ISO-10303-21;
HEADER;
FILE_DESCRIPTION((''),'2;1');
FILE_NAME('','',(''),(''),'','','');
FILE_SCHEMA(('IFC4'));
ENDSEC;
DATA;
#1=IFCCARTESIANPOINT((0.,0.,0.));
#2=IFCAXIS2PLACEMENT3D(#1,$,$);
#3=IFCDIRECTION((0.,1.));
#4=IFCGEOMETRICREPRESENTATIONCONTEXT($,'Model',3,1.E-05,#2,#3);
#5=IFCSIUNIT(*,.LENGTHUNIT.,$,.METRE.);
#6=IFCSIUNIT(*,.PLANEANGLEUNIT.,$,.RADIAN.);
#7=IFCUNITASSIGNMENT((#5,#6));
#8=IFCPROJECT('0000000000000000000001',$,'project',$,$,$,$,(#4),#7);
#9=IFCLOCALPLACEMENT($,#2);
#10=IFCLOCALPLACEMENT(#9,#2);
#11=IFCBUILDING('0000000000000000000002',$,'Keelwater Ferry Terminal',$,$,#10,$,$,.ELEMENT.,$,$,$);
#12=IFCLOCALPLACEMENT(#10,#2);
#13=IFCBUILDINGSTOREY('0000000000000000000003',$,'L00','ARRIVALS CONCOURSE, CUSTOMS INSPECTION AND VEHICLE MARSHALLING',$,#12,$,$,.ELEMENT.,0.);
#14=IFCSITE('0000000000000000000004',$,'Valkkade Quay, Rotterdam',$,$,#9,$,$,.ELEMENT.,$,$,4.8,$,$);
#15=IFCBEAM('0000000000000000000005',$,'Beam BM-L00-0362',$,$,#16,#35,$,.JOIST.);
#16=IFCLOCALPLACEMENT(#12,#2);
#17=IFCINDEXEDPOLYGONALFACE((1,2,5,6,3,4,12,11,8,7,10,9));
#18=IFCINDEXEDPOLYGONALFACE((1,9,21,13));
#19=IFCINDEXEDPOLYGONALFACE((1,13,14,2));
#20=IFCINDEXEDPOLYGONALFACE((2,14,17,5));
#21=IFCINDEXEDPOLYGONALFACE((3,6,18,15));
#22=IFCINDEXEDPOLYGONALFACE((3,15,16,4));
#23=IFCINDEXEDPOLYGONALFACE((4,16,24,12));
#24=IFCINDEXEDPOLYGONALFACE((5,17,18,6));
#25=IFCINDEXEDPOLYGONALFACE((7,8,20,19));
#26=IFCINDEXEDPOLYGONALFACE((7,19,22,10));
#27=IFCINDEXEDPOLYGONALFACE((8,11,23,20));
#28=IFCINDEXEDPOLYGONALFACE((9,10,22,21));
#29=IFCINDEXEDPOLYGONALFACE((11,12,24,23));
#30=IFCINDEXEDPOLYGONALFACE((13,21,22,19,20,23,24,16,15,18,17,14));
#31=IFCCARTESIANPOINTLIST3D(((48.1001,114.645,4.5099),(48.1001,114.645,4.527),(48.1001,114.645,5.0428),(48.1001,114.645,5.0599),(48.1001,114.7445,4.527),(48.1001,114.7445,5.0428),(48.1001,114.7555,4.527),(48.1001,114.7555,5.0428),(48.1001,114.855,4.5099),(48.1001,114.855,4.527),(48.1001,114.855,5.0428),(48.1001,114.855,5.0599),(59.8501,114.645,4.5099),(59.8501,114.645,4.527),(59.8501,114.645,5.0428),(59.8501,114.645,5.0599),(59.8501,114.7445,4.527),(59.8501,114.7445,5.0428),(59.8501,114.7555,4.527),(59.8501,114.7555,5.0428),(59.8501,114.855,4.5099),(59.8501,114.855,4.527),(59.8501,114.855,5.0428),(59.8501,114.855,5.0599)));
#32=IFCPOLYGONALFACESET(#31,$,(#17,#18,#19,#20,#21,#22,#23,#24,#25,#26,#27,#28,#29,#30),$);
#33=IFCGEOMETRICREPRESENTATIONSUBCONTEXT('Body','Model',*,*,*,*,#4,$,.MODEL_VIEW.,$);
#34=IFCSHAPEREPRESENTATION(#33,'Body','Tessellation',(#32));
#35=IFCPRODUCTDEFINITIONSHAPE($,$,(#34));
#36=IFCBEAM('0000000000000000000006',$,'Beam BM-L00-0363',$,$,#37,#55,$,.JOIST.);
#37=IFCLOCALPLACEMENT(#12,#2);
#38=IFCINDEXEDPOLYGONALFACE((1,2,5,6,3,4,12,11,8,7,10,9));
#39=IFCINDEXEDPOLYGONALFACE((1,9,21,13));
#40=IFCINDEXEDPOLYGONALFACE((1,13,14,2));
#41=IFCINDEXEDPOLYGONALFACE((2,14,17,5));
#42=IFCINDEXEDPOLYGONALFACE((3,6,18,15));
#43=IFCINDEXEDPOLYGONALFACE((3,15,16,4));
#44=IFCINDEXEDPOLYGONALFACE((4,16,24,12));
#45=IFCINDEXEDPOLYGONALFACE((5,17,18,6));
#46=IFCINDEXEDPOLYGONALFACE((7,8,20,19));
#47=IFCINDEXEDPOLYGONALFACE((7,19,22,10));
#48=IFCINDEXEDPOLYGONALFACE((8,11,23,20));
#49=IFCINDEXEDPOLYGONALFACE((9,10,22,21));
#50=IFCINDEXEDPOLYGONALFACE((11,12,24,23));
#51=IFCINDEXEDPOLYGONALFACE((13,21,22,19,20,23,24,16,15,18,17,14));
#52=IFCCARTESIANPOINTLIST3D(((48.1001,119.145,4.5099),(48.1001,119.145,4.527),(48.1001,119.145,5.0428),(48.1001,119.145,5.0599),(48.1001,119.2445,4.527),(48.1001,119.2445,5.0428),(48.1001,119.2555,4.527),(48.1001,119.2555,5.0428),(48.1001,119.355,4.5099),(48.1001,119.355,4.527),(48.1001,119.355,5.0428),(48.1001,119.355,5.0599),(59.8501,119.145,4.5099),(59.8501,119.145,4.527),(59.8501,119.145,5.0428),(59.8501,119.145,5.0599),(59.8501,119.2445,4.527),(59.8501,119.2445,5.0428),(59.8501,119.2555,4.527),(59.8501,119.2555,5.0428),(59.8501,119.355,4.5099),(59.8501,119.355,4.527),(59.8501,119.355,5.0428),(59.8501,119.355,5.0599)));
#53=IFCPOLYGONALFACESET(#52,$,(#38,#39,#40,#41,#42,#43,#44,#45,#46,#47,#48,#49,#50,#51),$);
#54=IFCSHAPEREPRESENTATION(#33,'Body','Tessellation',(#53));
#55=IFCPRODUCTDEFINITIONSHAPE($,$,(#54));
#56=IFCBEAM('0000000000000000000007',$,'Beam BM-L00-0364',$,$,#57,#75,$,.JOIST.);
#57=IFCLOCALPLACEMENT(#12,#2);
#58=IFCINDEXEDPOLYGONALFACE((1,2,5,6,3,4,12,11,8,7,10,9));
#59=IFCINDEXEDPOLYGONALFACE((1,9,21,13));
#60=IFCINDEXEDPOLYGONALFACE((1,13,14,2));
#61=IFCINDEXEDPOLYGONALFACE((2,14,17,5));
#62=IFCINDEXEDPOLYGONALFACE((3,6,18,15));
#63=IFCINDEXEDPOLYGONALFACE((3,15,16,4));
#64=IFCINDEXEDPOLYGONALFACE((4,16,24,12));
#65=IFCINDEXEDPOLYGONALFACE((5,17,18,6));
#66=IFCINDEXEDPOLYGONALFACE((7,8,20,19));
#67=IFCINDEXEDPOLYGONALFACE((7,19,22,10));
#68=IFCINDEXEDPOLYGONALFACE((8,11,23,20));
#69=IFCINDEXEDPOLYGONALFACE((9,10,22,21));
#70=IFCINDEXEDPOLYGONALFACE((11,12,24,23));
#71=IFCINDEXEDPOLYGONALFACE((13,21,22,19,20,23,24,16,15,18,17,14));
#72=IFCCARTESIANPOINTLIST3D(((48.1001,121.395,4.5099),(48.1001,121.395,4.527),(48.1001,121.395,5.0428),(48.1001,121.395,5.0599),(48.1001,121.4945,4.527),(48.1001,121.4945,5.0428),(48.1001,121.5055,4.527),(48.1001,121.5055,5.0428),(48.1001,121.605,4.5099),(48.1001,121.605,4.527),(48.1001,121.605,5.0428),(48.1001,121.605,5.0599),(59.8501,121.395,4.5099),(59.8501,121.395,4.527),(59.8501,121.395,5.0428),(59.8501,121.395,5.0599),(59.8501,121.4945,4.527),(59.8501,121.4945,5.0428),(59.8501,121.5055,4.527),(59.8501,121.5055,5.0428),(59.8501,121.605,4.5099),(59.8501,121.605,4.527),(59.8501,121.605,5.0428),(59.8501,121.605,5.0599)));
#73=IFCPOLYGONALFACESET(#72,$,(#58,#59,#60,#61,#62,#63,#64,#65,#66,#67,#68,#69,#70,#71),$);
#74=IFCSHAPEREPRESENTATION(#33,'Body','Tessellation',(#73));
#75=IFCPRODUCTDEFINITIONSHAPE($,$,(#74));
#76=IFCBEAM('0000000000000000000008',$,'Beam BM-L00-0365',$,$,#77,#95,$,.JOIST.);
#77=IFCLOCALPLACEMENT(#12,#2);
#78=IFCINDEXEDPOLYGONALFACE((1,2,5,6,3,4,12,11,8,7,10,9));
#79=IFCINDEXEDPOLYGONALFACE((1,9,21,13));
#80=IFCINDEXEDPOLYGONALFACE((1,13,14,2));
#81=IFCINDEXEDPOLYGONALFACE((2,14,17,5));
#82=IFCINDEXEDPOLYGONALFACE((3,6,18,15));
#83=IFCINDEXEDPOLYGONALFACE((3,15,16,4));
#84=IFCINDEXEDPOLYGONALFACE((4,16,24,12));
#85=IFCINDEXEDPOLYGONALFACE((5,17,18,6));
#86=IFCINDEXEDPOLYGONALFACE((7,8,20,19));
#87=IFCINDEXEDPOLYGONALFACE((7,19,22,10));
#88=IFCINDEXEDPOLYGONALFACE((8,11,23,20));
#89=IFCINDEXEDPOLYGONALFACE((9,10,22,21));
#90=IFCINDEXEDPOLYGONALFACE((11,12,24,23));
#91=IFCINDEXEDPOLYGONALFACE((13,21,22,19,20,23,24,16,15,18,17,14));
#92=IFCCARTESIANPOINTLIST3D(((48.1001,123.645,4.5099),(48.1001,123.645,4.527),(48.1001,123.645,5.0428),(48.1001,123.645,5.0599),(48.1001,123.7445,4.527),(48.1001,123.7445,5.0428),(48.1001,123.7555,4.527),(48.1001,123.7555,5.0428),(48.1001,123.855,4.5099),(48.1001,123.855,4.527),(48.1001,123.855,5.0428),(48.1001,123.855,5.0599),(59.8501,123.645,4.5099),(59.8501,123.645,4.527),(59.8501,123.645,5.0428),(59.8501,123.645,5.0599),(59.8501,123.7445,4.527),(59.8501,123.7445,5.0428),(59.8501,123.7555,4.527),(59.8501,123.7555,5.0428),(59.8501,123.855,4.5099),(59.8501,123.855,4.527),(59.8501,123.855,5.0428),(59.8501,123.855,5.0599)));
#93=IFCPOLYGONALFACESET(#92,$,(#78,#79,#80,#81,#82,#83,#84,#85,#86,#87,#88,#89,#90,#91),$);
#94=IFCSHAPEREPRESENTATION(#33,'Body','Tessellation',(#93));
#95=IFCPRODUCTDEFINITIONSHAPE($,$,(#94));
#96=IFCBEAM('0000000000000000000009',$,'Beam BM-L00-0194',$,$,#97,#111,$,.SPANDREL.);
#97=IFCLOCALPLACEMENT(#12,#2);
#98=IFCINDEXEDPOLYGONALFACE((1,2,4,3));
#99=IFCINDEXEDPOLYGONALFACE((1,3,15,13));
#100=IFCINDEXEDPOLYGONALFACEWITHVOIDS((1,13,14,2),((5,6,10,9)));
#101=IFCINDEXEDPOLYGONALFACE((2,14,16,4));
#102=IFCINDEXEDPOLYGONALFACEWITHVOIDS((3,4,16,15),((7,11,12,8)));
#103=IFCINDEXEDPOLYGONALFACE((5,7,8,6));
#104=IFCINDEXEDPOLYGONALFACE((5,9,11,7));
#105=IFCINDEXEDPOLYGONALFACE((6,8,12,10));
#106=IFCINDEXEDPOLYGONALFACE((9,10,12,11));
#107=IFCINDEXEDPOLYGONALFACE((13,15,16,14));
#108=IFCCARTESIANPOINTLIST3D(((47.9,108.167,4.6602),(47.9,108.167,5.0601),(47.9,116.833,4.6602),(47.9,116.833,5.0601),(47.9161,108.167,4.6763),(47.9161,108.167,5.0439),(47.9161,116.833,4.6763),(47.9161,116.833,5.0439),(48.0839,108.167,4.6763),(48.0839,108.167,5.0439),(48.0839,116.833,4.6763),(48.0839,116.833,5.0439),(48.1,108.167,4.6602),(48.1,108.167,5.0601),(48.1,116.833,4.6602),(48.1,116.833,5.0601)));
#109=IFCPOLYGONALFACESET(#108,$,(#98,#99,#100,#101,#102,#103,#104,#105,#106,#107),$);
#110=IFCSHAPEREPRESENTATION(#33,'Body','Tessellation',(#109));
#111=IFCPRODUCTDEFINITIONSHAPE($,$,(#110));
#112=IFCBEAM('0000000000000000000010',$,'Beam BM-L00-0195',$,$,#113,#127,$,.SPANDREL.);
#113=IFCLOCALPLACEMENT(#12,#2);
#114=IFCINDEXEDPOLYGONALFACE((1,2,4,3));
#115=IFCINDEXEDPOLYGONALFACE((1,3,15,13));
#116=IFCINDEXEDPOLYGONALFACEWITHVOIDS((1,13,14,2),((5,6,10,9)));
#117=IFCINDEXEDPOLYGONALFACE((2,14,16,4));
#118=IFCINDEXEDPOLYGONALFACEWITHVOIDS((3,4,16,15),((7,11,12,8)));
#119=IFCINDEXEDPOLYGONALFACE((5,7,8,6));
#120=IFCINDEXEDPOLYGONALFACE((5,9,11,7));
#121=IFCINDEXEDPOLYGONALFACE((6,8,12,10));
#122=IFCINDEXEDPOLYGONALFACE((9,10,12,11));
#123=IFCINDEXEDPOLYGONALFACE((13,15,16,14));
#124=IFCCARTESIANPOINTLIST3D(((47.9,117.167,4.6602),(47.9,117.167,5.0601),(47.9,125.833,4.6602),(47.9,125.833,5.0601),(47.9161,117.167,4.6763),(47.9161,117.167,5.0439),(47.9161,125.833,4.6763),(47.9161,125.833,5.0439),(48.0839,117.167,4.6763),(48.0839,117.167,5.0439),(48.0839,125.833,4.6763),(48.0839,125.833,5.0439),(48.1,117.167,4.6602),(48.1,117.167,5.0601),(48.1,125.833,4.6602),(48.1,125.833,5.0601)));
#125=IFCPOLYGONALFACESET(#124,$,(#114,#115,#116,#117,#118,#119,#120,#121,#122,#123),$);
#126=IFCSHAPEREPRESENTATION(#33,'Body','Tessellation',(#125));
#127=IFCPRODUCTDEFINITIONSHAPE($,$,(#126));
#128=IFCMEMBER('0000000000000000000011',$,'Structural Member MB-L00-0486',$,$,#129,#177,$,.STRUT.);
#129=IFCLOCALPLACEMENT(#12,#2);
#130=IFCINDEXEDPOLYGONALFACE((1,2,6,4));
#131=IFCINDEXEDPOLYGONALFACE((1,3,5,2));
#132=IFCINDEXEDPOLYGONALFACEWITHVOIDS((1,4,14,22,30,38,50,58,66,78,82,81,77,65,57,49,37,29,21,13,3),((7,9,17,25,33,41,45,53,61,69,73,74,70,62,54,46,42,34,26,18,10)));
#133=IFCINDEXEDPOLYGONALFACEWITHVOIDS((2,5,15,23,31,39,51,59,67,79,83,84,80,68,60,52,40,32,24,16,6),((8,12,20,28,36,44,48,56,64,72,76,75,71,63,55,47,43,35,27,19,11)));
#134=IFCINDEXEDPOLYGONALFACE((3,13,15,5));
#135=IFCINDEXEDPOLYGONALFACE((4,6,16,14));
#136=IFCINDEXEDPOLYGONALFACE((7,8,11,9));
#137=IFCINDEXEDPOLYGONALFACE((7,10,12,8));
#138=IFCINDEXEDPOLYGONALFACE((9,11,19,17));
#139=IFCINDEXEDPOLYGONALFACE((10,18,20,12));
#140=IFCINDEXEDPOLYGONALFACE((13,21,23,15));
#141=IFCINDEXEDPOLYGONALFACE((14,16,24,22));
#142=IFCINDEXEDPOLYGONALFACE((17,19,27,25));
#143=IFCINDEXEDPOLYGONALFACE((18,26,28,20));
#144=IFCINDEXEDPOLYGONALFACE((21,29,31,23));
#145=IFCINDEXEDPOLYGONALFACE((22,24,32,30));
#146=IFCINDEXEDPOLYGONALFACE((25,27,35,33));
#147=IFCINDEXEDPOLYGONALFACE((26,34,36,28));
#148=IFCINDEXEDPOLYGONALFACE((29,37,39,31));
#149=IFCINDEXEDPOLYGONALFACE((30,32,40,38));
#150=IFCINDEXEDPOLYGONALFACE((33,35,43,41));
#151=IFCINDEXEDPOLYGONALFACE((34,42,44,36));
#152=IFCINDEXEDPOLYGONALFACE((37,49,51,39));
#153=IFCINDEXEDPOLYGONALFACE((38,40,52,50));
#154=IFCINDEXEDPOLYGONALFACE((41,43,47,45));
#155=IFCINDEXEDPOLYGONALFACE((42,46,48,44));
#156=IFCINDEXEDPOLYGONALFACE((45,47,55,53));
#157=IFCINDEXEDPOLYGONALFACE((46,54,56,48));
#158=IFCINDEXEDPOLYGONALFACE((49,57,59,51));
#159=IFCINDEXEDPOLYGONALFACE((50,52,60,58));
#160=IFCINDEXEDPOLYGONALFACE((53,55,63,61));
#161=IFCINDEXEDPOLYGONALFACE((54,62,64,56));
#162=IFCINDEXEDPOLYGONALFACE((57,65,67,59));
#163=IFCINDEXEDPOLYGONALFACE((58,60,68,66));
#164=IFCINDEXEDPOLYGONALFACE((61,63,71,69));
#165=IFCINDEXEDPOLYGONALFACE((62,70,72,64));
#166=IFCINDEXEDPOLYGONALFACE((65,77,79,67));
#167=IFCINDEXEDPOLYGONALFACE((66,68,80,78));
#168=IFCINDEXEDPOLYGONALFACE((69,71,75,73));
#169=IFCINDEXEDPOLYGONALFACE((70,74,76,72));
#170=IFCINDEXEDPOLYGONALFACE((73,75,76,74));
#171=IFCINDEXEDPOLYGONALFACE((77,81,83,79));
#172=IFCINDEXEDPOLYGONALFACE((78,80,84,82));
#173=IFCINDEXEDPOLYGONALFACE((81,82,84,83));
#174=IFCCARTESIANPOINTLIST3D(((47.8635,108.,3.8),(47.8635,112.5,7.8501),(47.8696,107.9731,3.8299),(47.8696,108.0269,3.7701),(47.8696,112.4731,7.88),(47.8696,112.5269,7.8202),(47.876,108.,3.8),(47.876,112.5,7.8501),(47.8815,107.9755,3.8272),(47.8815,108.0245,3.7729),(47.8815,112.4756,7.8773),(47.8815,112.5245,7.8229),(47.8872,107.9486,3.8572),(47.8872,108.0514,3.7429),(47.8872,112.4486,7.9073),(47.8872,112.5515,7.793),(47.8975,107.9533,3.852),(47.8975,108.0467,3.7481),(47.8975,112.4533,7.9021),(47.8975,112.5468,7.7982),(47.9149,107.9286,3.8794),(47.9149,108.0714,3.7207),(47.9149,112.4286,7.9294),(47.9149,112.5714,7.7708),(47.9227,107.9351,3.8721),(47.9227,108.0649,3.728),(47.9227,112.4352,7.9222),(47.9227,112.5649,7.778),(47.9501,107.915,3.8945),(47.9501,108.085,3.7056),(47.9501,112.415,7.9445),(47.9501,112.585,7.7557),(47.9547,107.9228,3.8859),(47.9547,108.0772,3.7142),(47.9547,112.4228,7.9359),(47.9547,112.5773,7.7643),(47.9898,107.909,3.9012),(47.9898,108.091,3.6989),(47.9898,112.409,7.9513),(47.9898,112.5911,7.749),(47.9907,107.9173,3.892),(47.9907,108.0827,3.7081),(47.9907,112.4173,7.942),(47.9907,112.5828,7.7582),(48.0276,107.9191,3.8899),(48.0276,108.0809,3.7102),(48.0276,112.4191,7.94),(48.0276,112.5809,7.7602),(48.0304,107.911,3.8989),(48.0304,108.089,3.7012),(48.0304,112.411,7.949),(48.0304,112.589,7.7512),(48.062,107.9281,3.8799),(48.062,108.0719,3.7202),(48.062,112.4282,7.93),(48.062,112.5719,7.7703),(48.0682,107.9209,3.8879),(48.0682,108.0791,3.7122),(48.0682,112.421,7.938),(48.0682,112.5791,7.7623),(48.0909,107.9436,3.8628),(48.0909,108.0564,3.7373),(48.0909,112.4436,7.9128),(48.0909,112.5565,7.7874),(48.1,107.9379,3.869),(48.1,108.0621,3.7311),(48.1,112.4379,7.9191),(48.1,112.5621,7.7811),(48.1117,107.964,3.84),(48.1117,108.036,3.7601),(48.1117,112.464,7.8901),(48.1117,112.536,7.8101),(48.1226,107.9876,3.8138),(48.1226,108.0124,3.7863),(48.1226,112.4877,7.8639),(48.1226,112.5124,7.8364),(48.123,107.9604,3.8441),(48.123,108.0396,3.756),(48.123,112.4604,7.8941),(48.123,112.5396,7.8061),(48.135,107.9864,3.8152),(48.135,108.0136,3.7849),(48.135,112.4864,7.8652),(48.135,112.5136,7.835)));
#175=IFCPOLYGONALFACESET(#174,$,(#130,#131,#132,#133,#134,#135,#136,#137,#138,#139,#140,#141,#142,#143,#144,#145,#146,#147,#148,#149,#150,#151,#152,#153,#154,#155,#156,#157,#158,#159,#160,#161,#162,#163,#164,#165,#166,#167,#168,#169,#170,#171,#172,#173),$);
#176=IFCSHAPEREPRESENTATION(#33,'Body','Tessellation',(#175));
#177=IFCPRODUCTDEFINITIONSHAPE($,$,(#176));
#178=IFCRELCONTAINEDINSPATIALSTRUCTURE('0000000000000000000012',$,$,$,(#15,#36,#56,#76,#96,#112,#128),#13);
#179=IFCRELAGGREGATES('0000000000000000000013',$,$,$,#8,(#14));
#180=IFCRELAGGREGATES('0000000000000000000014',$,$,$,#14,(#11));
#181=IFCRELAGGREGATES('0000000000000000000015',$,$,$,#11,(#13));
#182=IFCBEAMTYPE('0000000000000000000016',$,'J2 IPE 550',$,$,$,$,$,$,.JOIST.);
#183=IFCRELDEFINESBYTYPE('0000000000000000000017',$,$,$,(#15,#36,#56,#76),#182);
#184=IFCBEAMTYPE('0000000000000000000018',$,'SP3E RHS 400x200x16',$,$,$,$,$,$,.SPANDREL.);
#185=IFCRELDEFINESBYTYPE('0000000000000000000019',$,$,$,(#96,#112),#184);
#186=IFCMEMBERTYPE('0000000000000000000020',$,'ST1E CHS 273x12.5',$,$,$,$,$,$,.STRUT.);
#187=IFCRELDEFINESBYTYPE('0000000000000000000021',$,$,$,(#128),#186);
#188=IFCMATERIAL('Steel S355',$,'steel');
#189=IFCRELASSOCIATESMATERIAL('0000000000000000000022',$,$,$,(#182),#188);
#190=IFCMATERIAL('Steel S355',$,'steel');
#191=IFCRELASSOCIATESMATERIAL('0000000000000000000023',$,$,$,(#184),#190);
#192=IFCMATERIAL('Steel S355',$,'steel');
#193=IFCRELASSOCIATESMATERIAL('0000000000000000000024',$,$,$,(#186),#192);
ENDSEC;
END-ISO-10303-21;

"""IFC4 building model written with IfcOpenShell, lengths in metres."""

from ifc_helpers import new_model, si_unit, direction, frame, origin, origin_2d, place, context, subcontext, project, spatial, hollow_rectangle, hollow_circle, i_section, extrude, material, material_profile, profile_set, type_object, element, save


model = new_model("IFC4")

# Units and contexts
model_context = context("Model", 3, precision=1e-05, world=origin(), true_north=direction((0.0, 1.0)))
body_context = subcontext(model_context, "Body", "Model", "MODEL_VIEW")
ifc_project = project(units=[si_unit("LENGTHUNIT", "METRE"), si_unit("PLANEANGLEUNIT", "RADIAN")], contexts=[model_context])

# Site, building, storey
site_placement = place(None, origin())
site = spatial("IfcSite", under=ifc_project, at=site_placement, Name="Valkkade Quay, Rotterdam", CompositionType="ELEMENT", RefElevation=4.8)
building_placement = place(site_placement, origin())
building = spatial("IfcBuilding", under=site, at=building_placement, Name="Keelwater Ferry Terminal", CompositionType="ELEMENT")
storey_placement = place(building_placement, origin())
storey = spatial("IfcBuildingStorey", under=building, at=storey_placement, Name="L00", Description="ARRIVALS CONCOURSE, CUSTOMS INSPECTION AND VEHICLE MARSHALLING", CompositionType="ELEMENT", Elevation=0.0)

# Beams
ifc_material_1 = material(Name="Steel S355", Category="steel")
ifc_material_profile_1 = material_profile(ifc_material_1, i_section(OverallWidth=0.21, OverallDepth=0.55, WebThickness=0.011, FlangeThickness=0.0171, at=origin_2d()), Name="IPE 550")
ifc_profile_set_1 = profile_set([ifc_material_profile_1], Name="Steel S355")
beam_type_1 = type_object("IfcBeamType", Name="J2 IPE 550", PredefinedType="JOIST", material=ifc_profile_set_1)
for number, where, z_axis, x_axis, name in (
    (1, (48.1001, 114.75, 4.7849), (1.0, 0.0, 0.0), (0.0, 1.0, 0.0), "Beam BM-L00-0362"),
    (2, (48.1001, 119.25, 4.7849), (1.0, 0.0, 0.0), (0.0, 1.0, 0.0), "Beam BM-L00-0363"),
    (3, (48.1001, 121.5, 4.7849), (1.0, 0.0, 0.0), (0.0, 1.0, 0.0), "Beam BM-L00-0364"),
    (4, (48.1001, 123.75, 4.7849), (1.0, 0.0, 0.0), (0.0, 1.0, 0.0), "Beam BM-L00-0365"),
):
    element("IfcBeam", number, at=place(storey_placement, frame(where, z_axis=z_axis, x_axis=x_axis)), inside=storey, type_object=beam_type_1, Name=name, PredefinedType="JOIST", context=body_context, shape_type="SweptSolid", body=[
        extrude(i_section(OverallWidth=0.21, OverallDepth=0.55, WebThickness=0.011, FlangeThickness=0.0171, at=origin_2d()), origin(), (0.0, 0.0, 1.0), 11.75),
    ])
ifc_material_2 = material(Name="Steel S355", Category="steel")
ifc_material_profile_2 = material_profile(ifc_material_2, hollow_rectangle(XDim=0.2, YDim=0.3999, WallThickness=0.0161, at=origin_2d()), Name="RHS 400x200x16")
ifc_profile_set_2 = profile_set([ifc_material_profile_2], Name="Steel S355")
beam_type_2 = type_object("IfcBeamType", Name="SP3E RHS 400x200x16", PredefinedType="SPANDREL", material=ifc_profile_set_2)
for number, where, z_axis, x_axis, name in (
    (5, (48.0, 108.167, 4.8601), (0.0, 1.0, 0.0), (-1.0, 0.0, 0.0), "Beam BM-L00-0194"),
    (6, (48.0, 117.167, 4.8601), (0.0, 1.0, 0.0), (-1.0, 0.0, 0.0), "Beam BM-L00-0195"),
):
    element("IfcBeam", number, at=place(storey_placement, frame(where, z_axis=z_axis, x_axis=x_axis)), inside=storey, type_object=beam_type_2, Name=name, PredefinedType="SPANDREL", context=body_context, shape_type="SweptSolid", body=[
        extrude(hollow_rectangle(XDim=0.2, YDim=0.3999, WallThickness=0.0161, at=origin_2d()), origin(), (0.0, 0.0, 1.0), 8.666),
    ])

# Member
ifc_material_3 = material(Name="Steel S355", Category="steel")
ifc_material_profile_3 = material_profile(ifc_material_3, hollow_circle(Radius=0.1365, WallThickness=0.0125, at=origin_2d()), Name="CHS 273x12.5")
ifc_profile_set_3 = profile_set([ifc_material_profile_3], Name="Steel S355")
member_type_1 = type_object("IfcMemberType", Name="ST1E CHS 273x12.5", PredefinedType="STRUT", material=ifc_profile_set_3)
member_1_placement = place(storey_placement, frame((48.0, 108.0, 3.8), z_axis=(0.0, 0.74329, 0.668969), x_axis=(-1.0, 0.0, 0.0)))
element("IfcMember", 7, at=member_1_placement, inside=storey, type_object=member_type_1, Name="Structural Member MB-L00-0486", PredefinedType="STRUT", context=body_context, shape_type="SweptSolid", body=[
    extrude(hollow_circle(Radius=0.1365, WallThickness=0.0125, at=origin_2d()), origin(), (0.0, 0.0, 1.0), 6.0542),
])

save(model, "model.ifc")
